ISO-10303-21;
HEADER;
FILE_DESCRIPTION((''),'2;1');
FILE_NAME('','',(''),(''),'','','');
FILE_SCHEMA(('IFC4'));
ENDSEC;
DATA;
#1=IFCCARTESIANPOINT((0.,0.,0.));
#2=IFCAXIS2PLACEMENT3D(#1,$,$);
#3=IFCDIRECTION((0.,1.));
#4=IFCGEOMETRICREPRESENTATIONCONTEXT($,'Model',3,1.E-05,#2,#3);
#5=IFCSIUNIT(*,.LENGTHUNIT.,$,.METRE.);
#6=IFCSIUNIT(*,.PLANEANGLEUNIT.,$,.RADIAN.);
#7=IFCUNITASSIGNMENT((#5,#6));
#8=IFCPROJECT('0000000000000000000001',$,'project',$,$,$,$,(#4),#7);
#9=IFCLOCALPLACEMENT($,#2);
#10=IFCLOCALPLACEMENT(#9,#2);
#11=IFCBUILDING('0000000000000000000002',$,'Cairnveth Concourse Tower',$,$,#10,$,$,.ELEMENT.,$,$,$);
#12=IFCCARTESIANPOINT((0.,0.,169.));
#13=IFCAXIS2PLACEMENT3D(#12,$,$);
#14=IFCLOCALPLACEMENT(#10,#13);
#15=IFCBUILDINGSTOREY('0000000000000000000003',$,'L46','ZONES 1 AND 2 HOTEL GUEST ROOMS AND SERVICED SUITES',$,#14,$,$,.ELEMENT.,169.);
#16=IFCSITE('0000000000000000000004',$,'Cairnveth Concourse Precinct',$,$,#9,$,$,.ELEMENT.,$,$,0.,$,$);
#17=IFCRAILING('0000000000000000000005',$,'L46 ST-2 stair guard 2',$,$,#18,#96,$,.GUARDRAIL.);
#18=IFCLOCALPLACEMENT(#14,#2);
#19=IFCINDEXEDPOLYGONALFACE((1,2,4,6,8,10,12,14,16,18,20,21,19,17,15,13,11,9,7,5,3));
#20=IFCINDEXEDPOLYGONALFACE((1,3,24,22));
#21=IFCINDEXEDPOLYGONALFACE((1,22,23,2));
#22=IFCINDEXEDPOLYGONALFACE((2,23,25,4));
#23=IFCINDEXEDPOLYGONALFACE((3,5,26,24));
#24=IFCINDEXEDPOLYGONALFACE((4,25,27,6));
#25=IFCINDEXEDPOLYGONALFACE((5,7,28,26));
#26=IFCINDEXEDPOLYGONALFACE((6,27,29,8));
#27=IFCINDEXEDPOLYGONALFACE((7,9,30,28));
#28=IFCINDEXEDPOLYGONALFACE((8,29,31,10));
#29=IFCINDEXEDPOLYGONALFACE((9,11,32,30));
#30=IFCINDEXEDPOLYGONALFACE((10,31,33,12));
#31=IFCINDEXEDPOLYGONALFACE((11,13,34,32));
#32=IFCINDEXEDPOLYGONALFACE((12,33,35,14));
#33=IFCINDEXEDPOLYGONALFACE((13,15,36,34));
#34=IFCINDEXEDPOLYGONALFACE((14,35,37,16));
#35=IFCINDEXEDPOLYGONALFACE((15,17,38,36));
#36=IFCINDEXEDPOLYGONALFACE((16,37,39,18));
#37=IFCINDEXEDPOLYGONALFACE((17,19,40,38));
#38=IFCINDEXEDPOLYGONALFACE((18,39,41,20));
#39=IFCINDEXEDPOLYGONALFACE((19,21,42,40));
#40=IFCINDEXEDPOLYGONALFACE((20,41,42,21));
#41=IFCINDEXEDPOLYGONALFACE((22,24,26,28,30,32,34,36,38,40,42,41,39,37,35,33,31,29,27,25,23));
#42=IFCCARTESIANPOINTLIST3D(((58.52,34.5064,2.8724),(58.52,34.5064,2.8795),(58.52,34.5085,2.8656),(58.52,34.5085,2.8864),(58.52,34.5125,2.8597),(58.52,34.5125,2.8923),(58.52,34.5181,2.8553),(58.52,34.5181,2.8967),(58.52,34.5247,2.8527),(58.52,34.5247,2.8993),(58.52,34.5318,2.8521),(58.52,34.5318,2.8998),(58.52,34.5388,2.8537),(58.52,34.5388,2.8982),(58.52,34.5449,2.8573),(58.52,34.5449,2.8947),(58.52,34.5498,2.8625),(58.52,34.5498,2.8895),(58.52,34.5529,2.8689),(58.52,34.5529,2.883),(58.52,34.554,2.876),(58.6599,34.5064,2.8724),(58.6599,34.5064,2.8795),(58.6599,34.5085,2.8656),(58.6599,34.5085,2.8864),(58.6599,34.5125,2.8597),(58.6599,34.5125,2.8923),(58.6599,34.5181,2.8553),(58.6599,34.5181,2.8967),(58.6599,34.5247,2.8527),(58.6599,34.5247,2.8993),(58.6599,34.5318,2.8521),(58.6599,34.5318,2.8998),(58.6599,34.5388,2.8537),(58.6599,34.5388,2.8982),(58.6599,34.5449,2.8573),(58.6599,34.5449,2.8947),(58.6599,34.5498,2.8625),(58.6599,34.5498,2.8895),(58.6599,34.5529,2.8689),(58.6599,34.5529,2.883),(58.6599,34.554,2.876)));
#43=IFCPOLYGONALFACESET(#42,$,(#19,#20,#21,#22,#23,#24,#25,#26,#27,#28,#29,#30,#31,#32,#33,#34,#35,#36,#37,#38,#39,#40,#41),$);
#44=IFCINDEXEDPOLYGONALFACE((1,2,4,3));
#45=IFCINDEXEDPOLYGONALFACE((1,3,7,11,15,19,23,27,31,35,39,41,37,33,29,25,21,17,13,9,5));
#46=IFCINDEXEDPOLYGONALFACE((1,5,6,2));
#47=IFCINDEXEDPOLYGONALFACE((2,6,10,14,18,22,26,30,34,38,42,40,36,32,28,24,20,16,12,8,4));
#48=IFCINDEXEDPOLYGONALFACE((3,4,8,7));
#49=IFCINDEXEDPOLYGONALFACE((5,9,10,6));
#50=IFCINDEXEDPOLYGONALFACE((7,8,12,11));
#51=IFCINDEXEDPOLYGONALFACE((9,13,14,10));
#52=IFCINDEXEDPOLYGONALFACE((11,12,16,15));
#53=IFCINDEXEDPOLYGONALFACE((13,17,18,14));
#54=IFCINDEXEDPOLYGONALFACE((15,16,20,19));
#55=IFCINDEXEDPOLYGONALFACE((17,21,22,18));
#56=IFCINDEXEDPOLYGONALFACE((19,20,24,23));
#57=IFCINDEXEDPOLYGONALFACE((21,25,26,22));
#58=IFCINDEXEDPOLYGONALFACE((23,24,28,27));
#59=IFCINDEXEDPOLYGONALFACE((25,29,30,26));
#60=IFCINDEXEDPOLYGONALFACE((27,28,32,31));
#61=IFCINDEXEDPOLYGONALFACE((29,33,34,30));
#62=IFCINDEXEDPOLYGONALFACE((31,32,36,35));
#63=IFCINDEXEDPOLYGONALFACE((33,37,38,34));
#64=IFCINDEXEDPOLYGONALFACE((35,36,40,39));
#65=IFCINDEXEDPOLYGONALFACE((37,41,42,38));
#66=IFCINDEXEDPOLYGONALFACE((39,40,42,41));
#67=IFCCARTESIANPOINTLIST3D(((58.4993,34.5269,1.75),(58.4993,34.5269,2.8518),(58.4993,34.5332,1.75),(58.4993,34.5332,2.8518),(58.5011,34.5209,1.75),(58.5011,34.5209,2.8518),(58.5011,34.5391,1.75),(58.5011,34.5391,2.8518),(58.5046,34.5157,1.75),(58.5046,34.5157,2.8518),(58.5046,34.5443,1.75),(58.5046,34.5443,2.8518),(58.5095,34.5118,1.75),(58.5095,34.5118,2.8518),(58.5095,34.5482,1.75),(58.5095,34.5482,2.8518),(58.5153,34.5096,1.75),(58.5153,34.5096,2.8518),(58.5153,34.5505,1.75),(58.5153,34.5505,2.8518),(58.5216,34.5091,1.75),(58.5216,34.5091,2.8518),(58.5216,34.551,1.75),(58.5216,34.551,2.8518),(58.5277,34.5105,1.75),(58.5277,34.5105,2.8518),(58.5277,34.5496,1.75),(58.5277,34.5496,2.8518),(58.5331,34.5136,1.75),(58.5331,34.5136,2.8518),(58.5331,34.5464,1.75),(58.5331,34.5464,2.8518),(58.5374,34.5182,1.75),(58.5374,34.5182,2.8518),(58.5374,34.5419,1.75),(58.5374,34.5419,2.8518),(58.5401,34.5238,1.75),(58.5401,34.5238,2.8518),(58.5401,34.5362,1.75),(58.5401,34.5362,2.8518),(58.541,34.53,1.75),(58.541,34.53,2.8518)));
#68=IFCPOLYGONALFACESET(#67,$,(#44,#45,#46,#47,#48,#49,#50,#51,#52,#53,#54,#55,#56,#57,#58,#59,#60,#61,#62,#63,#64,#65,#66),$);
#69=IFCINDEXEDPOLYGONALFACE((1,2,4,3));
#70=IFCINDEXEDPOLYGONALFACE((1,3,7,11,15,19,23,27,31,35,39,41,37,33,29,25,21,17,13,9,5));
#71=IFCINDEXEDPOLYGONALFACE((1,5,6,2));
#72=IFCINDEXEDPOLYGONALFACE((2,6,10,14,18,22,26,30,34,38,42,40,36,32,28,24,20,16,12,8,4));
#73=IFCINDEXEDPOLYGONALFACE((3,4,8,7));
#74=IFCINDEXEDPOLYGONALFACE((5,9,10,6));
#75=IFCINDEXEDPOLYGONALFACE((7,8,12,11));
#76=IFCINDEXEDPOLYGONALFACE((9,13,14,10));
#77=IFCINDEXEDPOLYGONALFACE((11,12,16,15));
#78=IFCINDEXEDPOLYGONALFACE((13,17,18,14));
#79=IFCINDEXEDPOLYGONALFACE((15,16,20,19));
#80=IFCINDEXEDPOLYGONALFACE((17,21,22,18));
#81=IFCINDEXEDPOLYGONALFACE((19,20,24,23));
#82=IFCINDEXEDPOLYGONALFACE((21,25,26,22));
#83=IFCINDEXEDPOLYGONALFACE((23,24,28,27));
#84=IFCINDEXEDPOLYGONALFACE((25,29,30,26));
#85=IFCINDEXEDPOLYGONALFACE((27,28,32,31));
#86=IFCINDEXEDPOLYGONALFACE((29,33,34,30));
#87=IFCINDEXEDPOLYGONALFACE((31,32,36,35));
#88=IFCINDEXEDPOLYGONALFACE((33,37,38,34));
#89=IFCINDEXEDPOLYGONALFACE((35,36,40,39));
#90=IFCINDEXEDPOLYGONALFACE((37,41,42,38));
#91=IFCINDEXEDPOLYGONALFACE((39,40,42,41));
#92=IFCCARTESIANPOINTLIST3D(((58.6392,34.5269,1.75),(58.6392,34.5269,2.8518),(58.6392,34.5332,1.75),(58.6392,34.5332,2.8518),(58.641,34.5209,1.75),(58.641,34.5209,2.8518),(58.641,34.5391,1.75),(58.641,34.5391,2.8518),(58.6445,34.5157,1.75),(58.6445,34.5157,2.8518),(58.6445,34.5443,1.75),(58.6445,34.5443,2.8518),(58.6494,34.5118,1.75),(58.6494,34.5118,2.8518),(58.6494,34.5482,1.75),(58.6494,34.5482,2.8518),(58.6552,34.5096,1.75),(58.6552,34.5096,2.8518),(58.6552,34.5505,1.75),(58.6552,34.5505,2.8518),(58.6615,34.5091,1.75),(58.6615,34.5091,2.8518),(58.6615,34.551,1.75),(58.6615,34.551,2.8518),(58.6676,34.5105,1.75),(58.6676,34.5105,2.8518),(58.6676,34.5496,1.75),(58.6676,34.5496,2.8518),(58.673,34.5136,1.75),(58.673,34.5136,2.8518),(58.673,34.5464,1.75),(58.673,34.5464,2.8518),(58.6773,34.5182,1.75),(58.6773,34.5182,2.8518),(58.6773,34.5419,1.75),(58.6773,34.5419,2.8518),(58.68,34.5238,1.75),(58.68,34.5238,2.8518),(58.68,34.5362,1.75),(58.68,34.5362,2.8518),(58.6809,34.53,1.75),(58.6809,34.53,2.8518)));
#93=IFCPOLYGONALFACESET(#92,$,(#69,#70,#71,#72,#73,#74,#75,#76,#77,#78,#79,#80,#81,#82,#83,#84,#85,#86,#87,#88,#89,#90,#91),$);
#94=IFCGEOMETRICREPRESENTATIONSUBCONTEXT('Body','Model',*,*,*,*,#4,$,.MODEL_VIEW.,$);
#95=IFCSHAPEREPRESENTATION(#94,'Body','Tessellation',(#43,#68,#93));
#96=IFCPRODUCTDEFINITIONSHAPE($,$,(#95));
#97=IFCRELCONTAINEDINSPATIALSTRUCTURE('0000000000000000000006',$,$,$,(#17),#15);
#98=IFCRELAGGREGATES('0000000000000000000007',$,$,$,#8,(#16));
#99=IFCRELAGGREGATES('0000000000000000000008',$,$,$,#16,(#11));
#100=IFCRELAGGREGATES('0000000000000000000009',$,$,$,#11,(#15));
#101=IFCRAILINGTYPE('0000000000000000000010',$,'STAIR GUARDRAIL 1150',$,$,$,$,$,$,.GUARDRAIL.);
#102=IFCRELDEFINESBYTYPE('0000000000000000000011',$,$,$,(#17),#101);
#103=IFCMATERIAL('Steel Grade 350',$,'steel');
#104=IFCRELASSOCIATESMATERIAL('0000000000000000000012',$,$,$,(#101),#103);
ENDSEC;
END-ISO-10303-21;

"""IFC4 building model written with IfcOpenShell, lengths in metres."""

from ifc_helpers import new_model, si_unit, direction, frame, origin, origin_2d, place, context, subcontext, project, spatial, circle, extrude, material, type_object, element, save


model = new_model("IFC4")

# Units and contexts
model_context = context("Model", 3, precision=1e-05, world=origin(), true_north=direction((0.0, 1.0)))
body_context = subcontext(model_context, "Body", "Model", "MODEL_VIEW")
ifc_project = project(units=[si_unit("LENGTHUNIT", "METRE"), si_unit("PLANEANGLEUNIT", "RADIAN")], contexts=[model_context])

# Site, building, storey
site_placement = place(None, origin())
site = spatial("IfcSite", under=ifc_project, at=site_placement, Name="Cairnveth Concourse Precinct", CompositionType="ELEMENT", RefElevation=0.0)
building_placement = place(site_placement, origin())
building = spatial("IfcBuilding", under=site, at=building_placement, Name="Cairnveth Concourse Tower", CompositionType="ELEMENT")
storey_placement = place(building_placement, frame((0.0, 0.0, 169.0)))
storey = spatial("IfcBuildingStorey", under=building, at=storey_placement, Name="L46", Description="ZONES 1 AND 2 HOTEL GUEST ROOMS AND SERVICED SUITES", CompositionType="ELEMENT", Elevation=169.0)

# Shared definitions
ifc_material_1 = material(Name="Steel Grade 350", Category="steel")

# Railing
railing_type = type_object("IfcRailingType", Name="STAIR GUARDRAIL 1150", PredefinedType="GUARDRAIL", material=ifc_material_1)
railing_1_placement = place(storey_placement, frame((58.52, 34.53, 1.75)))
element("IfcRailing", 1, at=railing_1_placement, inside=storey, type_object=railing_type, Name="L46 ST-2 stair guard 2", PredefinedType="GUARDRAIL", context=body_context, shape_type="SweptSolid", body=[
    extrude(circle(Radius=0.0239, at=origin_2d()), frame((0.0, 0.0, 1.126), z_axis=(1.0, 0.0, 0.0), x_axis=(0.0, 1.0, 0.0)), (0.0, 0.0, 1.0), 0.1399),
    extrude(circle(Radius=0.021, at=origin_2d()), origin(), (0.0, 0.0, 1.0), 1.1018),
    extrude(circle(Radius=0.021, at=origin_2d()), frame((0.1399, 0.0, 0.0)), (0.0, 0.0, 1.0), 1.1018),
])

save(model, "model.ifc")
